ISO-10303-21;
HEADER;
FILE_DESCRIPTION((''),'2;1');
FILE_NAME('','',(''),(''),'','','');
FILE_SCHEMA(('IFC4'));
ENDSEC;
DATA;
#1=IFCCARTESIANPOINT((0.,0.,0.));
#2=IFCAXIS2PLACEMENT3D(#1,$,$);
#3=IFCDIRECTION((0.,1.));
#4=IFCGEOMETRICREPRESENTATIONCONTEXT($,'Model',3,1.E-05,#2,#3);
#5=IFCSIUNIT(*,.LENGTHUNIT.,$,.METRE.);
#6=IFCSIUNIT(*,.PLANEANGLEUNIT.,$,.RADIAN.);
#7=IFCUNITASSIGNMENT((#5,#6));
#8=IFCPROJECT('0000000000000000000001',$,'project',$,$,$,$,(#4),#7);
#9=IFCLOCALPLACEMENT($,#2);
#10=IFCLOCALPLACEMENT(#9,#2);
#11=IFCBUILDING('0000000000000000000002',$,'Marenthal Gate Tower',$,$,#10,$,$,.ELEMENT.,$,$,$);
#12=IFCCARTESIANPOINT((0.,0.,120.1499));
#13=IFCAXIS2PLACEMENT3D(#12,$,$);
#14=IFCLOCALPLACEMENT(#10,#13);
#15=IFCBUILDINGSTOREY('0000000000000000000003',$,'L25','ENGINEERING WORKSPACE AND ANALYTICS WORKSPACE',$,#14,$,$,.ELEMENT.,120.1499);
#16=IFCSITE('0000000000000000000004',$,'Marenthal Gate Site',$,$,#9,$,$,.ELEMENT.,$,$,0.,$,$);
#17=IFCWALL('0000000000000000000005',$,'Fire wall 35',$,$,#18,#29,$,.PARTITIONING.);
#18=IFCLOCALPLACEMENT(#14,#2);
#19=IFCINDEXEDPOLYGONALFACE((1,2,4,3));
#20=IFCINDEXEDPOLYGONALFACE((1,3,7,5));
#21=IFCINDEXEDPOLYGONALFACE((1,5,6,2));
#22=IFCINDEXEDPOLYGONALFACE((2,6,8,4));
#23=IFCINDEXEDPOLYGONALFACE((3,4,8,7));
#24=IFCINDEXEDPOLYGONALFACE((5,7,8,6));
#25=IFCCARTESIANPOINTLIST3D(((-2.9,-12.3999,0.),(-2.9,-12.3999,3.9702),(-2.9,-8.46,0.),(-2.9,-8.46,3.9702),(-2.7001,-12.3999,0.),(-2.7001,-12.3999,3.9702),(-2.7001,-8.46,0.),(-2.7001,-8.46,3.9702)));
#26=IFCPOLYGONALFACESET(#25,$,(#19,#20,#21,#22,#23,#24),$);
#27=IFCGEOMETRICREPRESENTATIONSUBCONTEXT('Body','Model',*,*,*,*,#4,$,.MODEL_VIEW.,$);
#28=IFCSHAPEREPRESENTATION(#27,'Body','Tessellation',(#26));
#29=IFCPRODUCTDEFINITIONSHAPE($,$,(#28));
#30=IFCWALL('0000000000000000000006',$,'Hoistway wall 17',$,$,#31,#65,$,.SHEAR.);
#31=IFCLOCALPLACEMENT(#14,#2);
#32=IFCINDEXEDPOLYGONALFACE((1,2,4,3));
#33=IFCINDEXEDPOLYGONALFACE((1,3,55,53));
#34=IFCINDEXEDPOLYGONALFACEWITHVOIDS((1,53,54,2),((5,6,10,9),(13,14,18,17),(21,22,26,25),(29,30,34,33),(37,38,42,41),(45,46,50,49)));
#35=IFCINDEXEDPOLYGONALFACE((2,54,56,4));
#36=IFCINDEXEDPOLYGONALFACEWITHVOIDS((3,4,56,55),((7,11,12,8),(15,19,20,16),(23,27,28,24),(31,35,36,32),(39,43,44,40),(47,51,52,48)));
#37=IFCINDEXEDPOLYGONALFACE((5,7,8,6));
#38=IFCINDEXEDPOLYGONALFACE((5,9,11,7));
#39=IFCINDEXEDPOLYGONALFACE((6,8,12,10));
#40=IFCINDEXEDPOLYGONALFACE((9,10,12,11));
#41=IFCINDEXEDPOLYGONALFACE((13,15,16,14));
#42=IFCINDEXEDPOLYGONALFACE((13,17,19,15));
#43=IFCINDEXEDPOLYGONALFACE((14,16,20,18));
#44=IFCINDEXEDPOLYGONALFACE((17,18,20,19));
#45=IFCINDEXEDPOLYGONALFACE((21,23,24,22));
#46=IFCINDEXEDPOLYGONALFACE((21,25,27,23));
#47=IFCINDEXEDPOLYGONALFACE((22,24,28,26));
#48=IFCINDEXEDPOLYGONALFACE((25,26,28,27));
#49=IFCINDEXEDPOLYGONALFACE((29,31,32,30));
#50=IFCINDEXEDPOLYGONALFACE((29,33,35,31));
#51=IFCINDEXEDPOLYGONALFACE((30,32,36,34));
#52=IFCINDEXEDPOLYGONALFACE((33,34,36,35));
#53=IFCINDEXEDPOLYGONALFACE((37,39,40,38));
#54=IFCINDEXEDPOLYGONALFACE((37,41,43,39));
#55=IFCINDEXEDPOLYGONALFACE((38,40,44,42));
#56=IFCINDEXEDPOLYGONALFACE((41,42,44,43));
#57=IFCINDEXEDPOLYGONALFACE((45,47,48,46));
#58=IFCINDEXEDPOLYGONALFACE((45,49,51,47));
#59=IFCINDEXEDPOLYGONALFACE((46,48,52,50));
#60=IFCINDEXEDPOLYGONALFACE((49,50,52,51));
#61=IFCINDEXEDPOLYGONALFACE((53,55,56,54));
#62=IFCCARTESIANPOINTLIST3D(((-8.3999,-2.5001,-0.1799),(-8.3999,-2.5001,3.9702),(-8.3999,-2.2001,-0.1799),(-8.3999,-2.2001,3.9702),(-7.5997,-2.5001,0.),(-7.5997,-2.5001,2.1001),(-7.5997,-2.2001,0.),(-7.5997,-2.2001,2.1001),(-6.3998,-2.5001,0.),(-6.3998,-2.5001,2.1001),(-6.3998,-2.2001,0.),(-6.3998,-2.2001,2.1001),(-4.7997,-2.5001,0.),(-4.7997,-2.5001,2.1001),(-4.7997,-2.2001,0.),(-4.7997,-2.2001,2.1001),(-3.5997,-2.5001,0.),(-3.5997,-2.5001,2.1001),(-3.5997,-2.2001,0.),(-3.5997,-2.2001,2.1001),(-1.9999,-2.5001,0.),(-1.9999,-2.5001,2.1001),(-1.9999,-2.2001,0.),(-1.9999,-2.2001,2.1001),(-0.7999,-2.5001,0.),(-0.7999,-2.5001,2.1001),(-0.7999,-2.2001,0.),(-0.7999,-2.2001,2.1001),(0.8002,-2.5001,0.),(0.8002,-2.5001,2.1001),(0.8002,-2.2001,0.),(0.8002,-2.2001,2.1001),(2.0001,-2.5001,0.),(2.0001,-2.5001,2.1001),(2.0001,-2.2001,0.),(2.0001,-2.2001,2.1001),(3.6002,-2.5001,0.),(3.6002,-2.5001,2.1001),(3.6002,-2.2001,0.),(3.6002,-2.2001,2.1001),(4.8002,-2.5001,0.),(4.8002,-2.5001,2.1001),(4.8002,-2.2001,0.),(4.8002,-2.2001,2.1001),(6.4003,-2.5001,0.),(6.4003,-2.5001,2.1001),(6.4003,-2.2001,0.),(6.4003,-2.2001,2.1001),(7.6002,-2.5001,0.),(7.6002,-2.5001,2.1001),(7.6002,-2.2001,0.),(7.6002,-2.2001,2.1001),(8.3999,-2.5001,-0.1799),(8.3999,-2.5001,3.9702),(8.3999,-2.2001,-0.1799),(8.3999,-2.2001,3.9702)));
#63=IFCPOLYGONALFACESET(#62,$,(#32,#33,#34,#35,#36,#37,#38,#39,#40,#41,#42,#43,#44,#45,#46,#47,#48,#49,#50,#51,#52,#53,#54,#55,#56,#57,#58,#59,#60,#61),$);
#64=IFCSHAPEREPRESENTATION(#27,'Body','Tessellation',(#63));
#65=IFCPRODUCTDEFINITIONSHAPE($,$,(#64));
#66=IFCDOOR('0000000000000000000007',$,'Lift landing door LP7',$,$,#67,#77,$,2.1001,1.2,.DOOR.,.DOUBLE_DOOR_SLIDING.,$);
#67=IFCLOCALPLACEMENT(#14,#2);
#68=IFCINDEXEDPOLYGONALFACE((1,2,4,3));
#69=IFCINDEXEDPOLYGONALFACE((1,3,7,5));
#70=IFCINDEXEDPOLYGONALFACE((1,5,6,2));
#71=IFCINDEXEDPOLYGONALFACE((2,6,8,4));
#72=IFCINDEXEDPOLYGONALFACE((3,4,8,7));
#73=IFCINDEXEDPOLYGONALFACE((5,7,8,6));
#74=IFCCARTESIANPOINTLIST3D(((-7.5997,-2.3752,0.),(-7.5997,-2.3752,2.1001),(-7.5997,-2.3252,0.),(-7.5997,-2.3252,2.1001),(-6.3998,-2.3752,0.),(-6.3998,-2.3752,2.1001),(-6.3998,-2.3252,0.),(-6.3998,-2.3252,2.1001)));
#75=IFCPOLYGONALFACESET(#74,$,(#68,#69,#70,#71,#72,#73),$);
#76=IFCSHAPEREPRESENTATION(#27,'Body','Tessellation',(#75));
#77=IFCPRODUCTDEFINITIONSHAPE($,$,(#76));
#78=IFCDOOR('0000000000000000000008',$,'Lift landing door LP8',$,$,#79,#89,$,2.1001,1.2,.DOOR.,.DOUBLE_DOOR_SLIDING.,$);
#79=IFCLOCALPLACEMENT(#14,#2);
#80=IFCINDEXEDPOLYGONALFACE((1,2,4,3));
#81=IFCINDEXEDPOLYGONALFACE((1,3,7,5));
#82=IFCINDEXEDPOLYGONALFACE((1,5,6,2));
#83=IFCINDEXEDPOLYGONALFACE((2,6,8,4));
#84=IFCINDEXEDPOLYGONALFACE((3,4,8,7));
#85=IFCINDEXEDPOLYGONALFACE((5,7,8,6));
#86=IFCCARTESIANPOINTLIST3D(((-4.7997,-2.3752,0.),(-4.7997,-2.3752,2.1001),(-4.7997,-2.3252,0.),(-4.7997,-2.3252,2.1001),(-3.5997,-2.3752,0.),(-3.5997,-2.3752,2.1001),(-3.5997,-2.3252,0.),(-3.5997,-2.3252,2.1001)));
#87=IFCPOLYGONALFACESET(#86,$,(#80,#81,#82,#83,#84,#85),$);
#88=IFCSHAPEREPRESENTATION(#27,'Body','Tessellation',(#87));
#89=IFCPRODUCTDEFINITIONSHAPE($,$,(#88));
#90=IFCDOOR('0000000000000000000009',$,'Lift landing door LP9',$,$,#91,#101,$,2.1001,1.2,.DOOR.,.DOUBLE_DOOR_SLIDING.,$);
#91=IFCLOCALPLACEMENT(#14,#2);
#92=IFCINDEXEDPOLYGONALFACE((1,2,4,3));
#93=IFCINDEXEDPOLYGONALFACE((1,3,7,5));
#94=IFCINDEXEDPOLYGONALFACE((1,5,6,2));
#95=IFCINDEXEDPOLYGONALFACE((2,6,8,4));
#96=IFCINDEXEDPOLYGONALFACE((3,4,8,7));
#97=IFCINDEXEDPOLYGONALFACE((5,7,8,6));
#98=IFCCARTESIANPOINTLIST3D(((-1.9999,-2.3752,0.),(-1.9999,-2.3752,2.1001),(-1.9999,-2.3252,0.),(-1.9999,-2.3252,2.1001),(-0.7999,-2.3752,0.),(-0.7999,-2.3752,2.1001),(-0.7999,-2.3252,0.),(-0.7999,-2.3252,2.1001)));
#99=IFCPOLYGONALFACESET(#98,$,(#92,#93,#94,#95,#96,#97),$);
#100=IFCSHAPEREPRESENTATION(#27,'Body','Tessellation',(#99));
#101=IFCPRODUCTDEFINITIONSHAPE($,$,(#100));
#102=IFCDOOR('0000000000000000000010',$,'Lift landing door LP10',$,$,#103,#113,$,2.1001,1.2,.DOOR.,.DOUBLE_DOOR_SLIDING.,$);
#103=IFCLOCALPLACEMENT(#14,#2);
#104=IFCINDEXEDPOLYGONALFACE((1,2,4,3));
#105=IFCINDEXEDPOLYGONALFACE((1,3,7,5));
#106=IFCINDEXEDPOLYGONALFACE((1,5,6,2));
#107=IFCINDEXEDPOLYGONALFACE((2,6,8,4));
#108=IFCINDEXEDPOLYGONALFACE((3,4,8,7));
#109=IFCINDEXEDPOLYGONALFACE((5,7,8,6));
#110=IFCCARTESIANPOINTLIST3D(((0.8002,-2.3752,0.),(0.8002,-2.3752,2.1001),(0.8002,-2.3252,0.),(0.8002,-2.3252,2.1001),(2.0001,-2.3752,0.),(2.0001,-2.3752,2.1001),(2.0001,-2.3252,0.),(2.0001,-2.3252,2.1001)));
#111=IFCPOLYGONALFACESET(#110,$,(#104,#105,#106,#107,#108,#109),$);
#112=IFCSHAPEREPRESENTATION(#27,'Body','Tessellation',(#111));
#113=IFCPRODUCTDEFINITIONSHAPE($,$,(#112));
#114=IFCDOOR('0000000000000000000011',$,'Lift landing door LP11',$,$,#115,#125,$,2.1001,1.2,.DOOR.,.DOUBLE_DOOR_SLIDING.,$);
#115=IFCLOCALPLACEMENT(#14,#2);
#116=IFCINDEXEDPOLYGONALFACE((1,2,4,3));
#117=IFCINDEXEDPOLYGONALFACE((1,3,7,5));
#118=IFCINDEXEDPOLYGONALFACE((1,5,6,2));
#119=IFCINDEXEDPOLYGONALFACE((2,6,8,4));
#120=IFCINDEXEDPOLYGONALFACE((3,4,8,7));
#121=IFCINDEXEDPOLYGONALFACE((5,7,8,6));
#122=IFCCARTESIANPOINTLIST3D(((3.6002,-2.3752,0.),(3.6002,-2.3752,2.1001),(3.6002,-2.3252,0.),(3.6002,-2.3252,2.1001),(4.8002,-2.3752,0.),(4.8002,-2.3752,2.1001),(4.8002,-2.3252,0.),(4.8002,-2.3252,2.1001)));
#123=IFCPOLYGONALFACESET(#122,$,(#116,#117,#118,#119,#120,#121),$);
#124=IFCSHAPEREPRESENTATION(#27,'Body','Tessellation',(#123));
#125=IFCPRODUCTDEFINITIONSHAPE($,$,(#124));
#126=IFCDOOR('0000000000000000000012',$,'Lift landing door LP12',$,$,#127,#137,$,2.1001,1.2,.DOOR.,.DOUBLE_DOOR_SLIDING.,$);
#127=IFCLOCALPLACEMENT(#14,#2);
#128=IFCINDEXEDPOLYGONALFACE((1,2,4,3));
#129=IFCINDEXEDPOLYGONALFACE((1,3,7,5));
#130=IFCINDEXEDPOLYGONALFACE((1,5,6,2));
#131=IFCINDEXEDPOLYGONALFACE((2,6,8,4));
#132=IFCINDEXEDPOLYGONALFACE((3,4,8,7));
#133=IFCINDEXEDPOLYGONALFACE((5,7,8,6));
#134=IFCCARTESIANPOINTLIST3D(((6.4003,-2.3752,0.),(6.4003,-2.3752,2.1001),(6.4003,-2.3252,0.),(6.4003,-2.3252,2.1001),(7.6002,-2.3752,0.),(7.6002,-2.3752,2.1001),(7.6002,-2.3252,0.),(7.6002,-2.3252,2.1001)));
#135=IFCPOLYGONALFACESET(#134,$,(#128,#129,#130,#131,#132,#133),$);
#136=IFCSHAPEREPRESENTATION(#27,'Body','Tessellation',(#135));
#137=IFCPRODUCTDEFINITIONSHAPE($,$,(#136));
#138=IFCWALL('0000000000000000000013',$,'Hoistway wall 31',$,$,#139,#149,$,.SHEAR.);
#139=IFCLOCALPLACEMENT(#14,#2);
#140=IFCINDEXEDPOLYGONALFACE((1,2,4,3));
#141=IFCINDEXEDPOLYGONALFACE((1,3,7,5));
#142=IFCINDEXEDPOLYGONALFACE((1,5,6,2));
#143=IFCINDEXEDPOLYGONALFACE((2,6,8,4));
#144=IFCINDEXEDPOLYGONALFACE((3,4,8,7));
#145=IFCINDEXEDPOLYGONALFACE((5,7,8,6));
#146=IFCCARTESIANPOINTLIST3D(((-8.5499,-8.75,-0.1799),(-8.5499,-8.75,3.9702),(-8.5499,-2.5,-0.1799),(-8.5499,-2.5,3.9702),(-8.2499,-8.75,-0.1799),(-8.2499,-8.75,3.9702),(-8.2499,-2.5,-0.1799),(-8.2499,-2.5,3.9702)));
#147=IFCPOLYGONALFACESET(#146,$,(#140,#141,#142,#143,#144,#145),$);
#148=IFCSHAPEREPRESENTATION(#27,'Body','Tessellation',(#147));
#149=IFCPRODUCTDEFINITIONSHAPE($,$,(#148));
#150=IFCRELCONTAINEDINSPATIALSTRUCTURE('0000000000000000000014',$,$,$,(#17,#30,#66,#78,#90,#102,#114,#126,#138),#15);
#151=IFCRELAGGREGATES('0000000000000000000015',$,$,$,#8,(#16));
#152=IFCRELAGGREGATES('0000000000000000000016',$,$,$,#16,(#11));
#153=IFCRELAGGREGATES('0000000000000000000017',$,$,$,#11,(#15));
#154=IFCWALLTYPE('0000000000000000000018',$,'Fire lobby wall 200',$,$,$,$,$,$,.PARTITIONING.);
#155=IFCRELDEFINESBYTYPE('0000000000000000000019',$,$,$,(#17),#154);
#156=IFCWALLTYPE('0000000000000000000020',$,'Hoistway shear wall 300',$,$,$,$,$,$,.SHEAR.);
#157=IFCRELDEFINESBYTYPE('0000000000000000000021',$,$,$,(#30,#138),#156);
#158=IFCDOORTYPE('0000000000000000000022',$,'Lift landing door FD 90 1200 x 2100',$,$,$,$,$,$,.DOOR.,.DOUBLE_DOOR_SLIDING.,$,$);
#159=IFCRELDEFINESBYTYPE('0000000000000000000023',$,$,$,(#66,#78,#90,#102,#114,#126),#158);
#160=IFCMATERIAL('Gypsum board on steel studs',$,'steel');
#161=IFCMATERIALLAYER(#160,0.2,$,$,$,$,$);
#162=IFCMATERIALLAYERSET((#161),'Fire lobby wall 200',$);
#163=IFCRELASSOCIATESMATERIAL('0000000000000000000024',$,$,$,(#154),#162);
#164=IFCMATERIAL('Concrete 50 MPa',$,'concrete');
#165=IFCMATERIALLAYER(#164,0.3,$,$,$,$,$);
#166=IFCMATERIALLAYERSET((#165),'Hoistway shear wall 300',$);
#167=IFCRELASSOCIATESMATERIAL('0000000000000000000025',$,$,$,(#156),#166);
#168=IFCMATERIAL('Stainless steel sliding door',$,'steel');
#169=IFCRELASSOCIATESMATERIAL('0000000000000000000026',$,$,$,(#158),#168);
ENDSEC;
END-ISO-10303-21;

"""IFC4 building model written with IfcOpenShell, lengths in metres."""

from ifc_helpers import new_model, si_unit, direction, frame, frame_2d, origin, place, context, subcontext, project, spatial, rectangle, extrude, material, layer, layer_set, type_object, element, fill, save


model = new_model("IFC4")

# Units and contexts
model_context = context("Model", 3, precision=1e-05, world=origin(), true_north=direction((0.0, 1.0)))
body_context = subcontext(model_context, "Body", "Model", "MODEL_VIEW")
ifc_project = project(units=[si_unit("LENGTHUNIT", "METRE"), si_unit("PLANEANGLEUNIT", "RADIAN")], contexts=[model_context])

# Site, building, storey
site_placement = place(None, origin())
site = spatial("IfcSite", under=ifc_project, at=site_placement, Name="Marenthal Gate Site", CompositionType="ELEMENT", RefElevation=0.0)
building_placement = place(site_placement, origin())
building = spatial("IfcBuilding", under=site, at=building_placement, Name="Marenthal Gate Tower", CompositionType="ELEMENT")
storey_placement = place(building_placement, frame((0.0, 0.0, 120.1499)))
storey = spatial("IfcBuildingStorey", under=building, at=storey_placement, Name="L25", Description="ENGINEERING WORKSPACE AND ANALYTICS WORKSPACE", CompositionType="ELEMENT", Elevation=120.1499)

# Wall
ifc_material_1 = material(Name="Gypsum board on steel studs", Category="steel")
ifc_layer_1 = layer(ifc_material_1, 0.2)
ifc_layer_set_1 = layer_set([ifc_layer_1], Name="Fire lobby wall 200")
wall_type_1 = type_object("IfcWallType", Name="Fire lobby wall 200", PredefinedType="PARTITIONING", material=ifc_layer_set_1)
wall_1_placement = place(storey_placement, frame((-2.8, -12.3999, 0.0), z_axis=(0.0, 0.0, 1.0), x_axis=(0.0, 1.0, 0.0)))
element("IfcWall", 1, at=wall_1_placement, inside=storey, type_object=wall_type_1, Name="Fire wall 35", PredefinedType="PARTITIONING", context=body_context, shape_type="SweptSolid", body=[
    extrude(rectangle(XDim=3.9399, YDim=0.2, at=frame_2d((1.97, 0.0))), origin(), (0.0, 0.0, 1.0), 3.9702),
])

# Wall, openings, doors
ifc_material_2 = material(Name="Concrete 50 MPa", Category="concrete")
ifc_layer_2 = layer(ifc_material_2, 0.3)
ifc_layer_set_2 = layer_set([ifc_layer_2], Name="Hoistway shear wall 300")
wall_type_2 = type_object("IfcWallType", Name="Hoistway shear wall 300", PredefinedType="SHEAR", material=ifc_layer_set_2)
wall_2_placement = place(storey_placement, frame((-8.3999, -2.3501, -0.1799), z_axis=(0.0, 0.0, 1.0), x_axis=(1.0, 0.0, 0.0)))
wall_2 = element("IfcWall", 2, at=wall_2_placement, inside=storey, type_object=wall_type_2, Name="Hoistway wall 17", PredefinedType="SHEAR", context=body_context, shape_type="SweptSolid", body=[
    extrude(rectangle(XDim=16.7998, YDim=0.3, at=frame_2d((8.3999, 0.0))), origin(), (0.0, 0.0, 1.0), 4.1501),
])
opening_1_placement = place(wall_2_placement, frame((0.8, 0.0, 0.1799)))
opening_1 = element("IfcOpeningElement", 3, at=opening_1_placement, cuts=wall_2, PredefinedType="OPENING", context=body_context, shape_type="SweptSolid", body=[
    extrude(rectangle(XDim=1.2, YDim=2.1001, at=frame_2d((0.6001, 1.05))), frame((0.0, 0.1602, 0.0), z_axis=(0.0, -1.0, 0.0), x_axis=(1.0, 0.0, 0.0)), (0.0, 0.0, 1.0), 0.3201),
])
opening_2_placement = place(wall_2_placement, frame((3.6001, 0.0, 0.1799)))
opening_2 = element("IfcOpeningElement", 4, at=opening_2_placement, cuts=wall_2, PredefinedType="OPENING", context=body_context, shape_type="SweptSolid", body=[
    extrude(rectangle(XDim=1.2, YDim=2.1001, at=frame_2d((0.6001, 1.05))), frame((0.0, 0.1602, 0.0), z_axis=(0.0, -1.0, 0.0), x_axis=(1.0, 0.0, 0.0)), (0.0, 0.0, 1.0), 0.3201),
])
opening_3_placement = place(wall_2_placement, frame((6.3999, 0.0, 0.1799)))
opening_3 = element("IfcOpeningElement", 5, at=opening_3_placement, cuts=wall_2, PredefinedType="OPENING", context=body_context, shape_type="SweptSolid", body=[
    extrude(rectangle(XDim=1.2, YDim=2.1001, at=frame_2d((0.6001, 1.05))), frame((0.0, 0.1602, 0.0), z_axis=(0.0, -1.0, 0.0), x_axis=(1.0, 0.0, 0.0)), (0.0, 0.0, 1.0), 0.3201),
])
opening_4_placement = place(wall_2_placement, frame((9.2, 0.0, 0.1799)))
opening_4 = element("IfcOpeningElement", 6, at=opening_4_placement, cuts=wall_2, PredefinedType="OPENING", context=body_context, shape_type="SweptSolid", body=[
    extrude(rectangle(XDim=1.2, YDim=2.1001, at=frame_2d((0.6001, 1.05))), frame((0.0, 0.1602, 0.0), z_axis=(0.0, -1.0, 0.0), x_axis=(1.0, 0.0, 0.0)), (0.0, 0.0, 1.0), 0.3201),
])
opening_5_placement = place(wall_2_placement, frame((12.0, 0.0, 0.1799)))
opening_5 = element("IfcOpeningElement", 7, at=opening_5_placement, cuts=wall_2, PredefinedType="OPENING", context=body_context, shape_type="SweptSolid", body=[
    extrude(rectangle(XDim=1.2, YDim=2.1001, at=frame_2d((0.6001, 1.05))), frame((0.0, 0.1602, 0.0), z_axis=(0.0, -1.0, 0.0), x_axis=(1.0, 0.0, 0.0)), (0.0, 0.0, 1.0), 0.3201),
])
opening_6_placement = place(wall_2_placement, frame((14.8, 0.0, 0.1799)))
opening_6 = element("IfcOpeningElement", 8, at=opening_6_placement, cuts=wall_2, PredefinedType="OPENING", context=body_context, shape_type="SweptSolid", body=[
    extrude(rectangle(XDim=1.2, YDim=2.1001, at=frame_2d((0.6001, 1.05))), frame((0.0, 0.1602, 0.0), z_axis=(0.0, -1.0, 0.0), x_axis=(1.0, 0.0, 0.0)), (0.0, 0.0, 1.0), 0.3201),
])
ifc_material_3 = material(Name="Stainless steel sliding door", Category="steel")
door_type_1 = type_object("IfcDoorType", Name="Lift landing door FD 90 1200 x 2100", OperationType="DOUBLE_DOOR_SLIDING", PredefinedType="DOOR", material=ifc_material_3)
door_1_placement = place(opening_1_placement, origin())
door_1 = element("IfcDoor", 9, at=door_1_placement, inside=storey, type_object=door_type_1, Name="Lift landing door LP7", OperationType="DOUBLE_DOOR_SLIDING", OverallHeight=2.1001, OverallWidth=1.2, PredefinedType="DOOR", context=body_context, shape_type="SweptSolid", body=[
    extrude(rectangle(XDim=1.2, YDim=2.1001, at=frame_2d((0.6001, 1.05))), frame((0.0, 0.0249, 0.0), z_axis=(0.0, -1.0, 0.0), x_axis=(1.0, 0.0, 0.0)), (0.0, 0.0, 1.0), 0.05),
])
fill(opening_1, door_1)
door_2_placement = place(opening_2_placement, origin())
door_2 = element("IfcDoor", 10, at=door_2_placement, inside=storey, type_object=door_type_1, Name="Lift landing door LP8", OperationType="DOUBLE_DOOR_SLIDING", OverallHeight=2.1001, OverallWidth=1.2, PredefinedType="DOOR", context=body_context, shape_type="SweptSolid", body=[
    extrude(rectangle(XDim=1.2, YDim=2.1001, at=frame_2d((0.6001, 1.05))), frame((0.0, 0.0249, 0.0), z_axis=(0.0, -1.0, 0.0), x_axis=(1.0, 0.0, 0.0)), (0.0, 0.0, 1.0), 0.05),
])
fill(opening_2, door_2)
door_3_placement = place(opening_3_placement, origin())
door_3 = element("IfcDoor", 11, at=door_3_placement, inside=storey, type_object=door_type_1, Name="Lift landing door LP9", OperationType="DOUBLE_DOOR_SLIDING", OverallHeight=2.1001, OverallWidth=1.2, PredefinedType="DOOR", context=body_context, shape_type="SweptSolid", body=[
    extrude(rectangle(XDim=1.2, YDim=2.1001, at=frame_2d((0.6001, 1.05))), frame((0.0, 0.0249, 0.0), z_axis=(0.0, -1.0, 0.0), x_axis=(1.0, 0.0, 0.0)), (0.0, 0.0, 1.0), 0.05),
])
fill(opening_3, door_3)
door_4_placement = place(opening_4_placement, origin())
door_4 = element("IfcDoor", 12, at=door_4_placement, inside=storey, type_object=door_type_1, Name="Lift landing door LP10", OperationType="DOUBLE_DOOR_SLIDING", OverallHeight=2.1001, OverallWidth=1.2, PredefinedType="DOOR", context=body_context, shape_type="SweptSolid", body=[
    extrude(rectangle(XDim=1.2, YDim=2.1001, at=frame_2d((0.6001, 1.05))), frame((0.0, 0.0249, 0.0), z_axis=(0.0, -1.0, 0.0), x_axis=(1.0, 0.0, 0.0)), (0.0, 0.0, 1.0), 0.05),
])
fill(opening_4, door_4)
door_5_placement = place(opening_5_placement, origin())
door_5 = element("IfcDoor", 13, at=door_5_placement, inside=storey, type_object=door_type_1, Name="Lift landing door LP11", OperationType="DOUBLE_DOOR_SLIDING", OverallHeight=2.1001, OverallWidth=1.2, PredefinedType="DOOR", context=body_context, shape_type="SweptSolid", body=[
    extrude(rectangle(XDim=1.2, YDim=2.1001, at=frame_2d((0.6001, 1.05))), frame((0.0, 0.0249, 0.0), z_axis=(0.0, -1.0, 0.0), x_axis=(1.0, 0.0, 0.0)), (0.0, 0.0, 1.0), 0.05),
])
fill(opening_5, door_5)
door_6_placement = place(opening_6_placement, origin())
door_6 = element("IfcDoor", 14, at=door_6_placement, inside=storey, type_object=door_type_1, Name="Lift landing door LP12", OperationType="DOUBLE_DOOR_SLIDING", OverallHeight=2.1001, OverallWidth=1.2, PredefinedType="DOOR", context=body_context, shape_type="SweptSolid", body=[
    extrude(rectangle(XDim=1.2, YDim=2.1001, at=frame_2d((0.6001, 1.05))), frame((0.0, 0.0249, 0.0), z_axis=(0.0, -1.0, 0.0), x_axis=(1.0, 0.0, 0.0)), (0.0, 0.0, 1.0), 0.05),
])
fill(opening_6, door_6)

# Wall
wall_3_placement = place(storey_placement, frame((-8.3999, -8.75, -0.1799), z_axis=(0.0, 0.0, 1.0), x_axis=(0.0, 1.0, 0.0)))
element("IfcWall", 15, at=wall_3_placement, inside=storey, type_object=wall_type_2, Name="Hoistway wall 31", PredefinedType="SHEAR", context=body_context, shape_type="SweptSolid", body=[
    extrude(rectangle(XDim=6.25, YDim=0.3, at=frame_2d((3.125, 0.0))), origin(), (0.0, 0.0, 1.0), 4.1501),
])

save(model, "model.ifc")
